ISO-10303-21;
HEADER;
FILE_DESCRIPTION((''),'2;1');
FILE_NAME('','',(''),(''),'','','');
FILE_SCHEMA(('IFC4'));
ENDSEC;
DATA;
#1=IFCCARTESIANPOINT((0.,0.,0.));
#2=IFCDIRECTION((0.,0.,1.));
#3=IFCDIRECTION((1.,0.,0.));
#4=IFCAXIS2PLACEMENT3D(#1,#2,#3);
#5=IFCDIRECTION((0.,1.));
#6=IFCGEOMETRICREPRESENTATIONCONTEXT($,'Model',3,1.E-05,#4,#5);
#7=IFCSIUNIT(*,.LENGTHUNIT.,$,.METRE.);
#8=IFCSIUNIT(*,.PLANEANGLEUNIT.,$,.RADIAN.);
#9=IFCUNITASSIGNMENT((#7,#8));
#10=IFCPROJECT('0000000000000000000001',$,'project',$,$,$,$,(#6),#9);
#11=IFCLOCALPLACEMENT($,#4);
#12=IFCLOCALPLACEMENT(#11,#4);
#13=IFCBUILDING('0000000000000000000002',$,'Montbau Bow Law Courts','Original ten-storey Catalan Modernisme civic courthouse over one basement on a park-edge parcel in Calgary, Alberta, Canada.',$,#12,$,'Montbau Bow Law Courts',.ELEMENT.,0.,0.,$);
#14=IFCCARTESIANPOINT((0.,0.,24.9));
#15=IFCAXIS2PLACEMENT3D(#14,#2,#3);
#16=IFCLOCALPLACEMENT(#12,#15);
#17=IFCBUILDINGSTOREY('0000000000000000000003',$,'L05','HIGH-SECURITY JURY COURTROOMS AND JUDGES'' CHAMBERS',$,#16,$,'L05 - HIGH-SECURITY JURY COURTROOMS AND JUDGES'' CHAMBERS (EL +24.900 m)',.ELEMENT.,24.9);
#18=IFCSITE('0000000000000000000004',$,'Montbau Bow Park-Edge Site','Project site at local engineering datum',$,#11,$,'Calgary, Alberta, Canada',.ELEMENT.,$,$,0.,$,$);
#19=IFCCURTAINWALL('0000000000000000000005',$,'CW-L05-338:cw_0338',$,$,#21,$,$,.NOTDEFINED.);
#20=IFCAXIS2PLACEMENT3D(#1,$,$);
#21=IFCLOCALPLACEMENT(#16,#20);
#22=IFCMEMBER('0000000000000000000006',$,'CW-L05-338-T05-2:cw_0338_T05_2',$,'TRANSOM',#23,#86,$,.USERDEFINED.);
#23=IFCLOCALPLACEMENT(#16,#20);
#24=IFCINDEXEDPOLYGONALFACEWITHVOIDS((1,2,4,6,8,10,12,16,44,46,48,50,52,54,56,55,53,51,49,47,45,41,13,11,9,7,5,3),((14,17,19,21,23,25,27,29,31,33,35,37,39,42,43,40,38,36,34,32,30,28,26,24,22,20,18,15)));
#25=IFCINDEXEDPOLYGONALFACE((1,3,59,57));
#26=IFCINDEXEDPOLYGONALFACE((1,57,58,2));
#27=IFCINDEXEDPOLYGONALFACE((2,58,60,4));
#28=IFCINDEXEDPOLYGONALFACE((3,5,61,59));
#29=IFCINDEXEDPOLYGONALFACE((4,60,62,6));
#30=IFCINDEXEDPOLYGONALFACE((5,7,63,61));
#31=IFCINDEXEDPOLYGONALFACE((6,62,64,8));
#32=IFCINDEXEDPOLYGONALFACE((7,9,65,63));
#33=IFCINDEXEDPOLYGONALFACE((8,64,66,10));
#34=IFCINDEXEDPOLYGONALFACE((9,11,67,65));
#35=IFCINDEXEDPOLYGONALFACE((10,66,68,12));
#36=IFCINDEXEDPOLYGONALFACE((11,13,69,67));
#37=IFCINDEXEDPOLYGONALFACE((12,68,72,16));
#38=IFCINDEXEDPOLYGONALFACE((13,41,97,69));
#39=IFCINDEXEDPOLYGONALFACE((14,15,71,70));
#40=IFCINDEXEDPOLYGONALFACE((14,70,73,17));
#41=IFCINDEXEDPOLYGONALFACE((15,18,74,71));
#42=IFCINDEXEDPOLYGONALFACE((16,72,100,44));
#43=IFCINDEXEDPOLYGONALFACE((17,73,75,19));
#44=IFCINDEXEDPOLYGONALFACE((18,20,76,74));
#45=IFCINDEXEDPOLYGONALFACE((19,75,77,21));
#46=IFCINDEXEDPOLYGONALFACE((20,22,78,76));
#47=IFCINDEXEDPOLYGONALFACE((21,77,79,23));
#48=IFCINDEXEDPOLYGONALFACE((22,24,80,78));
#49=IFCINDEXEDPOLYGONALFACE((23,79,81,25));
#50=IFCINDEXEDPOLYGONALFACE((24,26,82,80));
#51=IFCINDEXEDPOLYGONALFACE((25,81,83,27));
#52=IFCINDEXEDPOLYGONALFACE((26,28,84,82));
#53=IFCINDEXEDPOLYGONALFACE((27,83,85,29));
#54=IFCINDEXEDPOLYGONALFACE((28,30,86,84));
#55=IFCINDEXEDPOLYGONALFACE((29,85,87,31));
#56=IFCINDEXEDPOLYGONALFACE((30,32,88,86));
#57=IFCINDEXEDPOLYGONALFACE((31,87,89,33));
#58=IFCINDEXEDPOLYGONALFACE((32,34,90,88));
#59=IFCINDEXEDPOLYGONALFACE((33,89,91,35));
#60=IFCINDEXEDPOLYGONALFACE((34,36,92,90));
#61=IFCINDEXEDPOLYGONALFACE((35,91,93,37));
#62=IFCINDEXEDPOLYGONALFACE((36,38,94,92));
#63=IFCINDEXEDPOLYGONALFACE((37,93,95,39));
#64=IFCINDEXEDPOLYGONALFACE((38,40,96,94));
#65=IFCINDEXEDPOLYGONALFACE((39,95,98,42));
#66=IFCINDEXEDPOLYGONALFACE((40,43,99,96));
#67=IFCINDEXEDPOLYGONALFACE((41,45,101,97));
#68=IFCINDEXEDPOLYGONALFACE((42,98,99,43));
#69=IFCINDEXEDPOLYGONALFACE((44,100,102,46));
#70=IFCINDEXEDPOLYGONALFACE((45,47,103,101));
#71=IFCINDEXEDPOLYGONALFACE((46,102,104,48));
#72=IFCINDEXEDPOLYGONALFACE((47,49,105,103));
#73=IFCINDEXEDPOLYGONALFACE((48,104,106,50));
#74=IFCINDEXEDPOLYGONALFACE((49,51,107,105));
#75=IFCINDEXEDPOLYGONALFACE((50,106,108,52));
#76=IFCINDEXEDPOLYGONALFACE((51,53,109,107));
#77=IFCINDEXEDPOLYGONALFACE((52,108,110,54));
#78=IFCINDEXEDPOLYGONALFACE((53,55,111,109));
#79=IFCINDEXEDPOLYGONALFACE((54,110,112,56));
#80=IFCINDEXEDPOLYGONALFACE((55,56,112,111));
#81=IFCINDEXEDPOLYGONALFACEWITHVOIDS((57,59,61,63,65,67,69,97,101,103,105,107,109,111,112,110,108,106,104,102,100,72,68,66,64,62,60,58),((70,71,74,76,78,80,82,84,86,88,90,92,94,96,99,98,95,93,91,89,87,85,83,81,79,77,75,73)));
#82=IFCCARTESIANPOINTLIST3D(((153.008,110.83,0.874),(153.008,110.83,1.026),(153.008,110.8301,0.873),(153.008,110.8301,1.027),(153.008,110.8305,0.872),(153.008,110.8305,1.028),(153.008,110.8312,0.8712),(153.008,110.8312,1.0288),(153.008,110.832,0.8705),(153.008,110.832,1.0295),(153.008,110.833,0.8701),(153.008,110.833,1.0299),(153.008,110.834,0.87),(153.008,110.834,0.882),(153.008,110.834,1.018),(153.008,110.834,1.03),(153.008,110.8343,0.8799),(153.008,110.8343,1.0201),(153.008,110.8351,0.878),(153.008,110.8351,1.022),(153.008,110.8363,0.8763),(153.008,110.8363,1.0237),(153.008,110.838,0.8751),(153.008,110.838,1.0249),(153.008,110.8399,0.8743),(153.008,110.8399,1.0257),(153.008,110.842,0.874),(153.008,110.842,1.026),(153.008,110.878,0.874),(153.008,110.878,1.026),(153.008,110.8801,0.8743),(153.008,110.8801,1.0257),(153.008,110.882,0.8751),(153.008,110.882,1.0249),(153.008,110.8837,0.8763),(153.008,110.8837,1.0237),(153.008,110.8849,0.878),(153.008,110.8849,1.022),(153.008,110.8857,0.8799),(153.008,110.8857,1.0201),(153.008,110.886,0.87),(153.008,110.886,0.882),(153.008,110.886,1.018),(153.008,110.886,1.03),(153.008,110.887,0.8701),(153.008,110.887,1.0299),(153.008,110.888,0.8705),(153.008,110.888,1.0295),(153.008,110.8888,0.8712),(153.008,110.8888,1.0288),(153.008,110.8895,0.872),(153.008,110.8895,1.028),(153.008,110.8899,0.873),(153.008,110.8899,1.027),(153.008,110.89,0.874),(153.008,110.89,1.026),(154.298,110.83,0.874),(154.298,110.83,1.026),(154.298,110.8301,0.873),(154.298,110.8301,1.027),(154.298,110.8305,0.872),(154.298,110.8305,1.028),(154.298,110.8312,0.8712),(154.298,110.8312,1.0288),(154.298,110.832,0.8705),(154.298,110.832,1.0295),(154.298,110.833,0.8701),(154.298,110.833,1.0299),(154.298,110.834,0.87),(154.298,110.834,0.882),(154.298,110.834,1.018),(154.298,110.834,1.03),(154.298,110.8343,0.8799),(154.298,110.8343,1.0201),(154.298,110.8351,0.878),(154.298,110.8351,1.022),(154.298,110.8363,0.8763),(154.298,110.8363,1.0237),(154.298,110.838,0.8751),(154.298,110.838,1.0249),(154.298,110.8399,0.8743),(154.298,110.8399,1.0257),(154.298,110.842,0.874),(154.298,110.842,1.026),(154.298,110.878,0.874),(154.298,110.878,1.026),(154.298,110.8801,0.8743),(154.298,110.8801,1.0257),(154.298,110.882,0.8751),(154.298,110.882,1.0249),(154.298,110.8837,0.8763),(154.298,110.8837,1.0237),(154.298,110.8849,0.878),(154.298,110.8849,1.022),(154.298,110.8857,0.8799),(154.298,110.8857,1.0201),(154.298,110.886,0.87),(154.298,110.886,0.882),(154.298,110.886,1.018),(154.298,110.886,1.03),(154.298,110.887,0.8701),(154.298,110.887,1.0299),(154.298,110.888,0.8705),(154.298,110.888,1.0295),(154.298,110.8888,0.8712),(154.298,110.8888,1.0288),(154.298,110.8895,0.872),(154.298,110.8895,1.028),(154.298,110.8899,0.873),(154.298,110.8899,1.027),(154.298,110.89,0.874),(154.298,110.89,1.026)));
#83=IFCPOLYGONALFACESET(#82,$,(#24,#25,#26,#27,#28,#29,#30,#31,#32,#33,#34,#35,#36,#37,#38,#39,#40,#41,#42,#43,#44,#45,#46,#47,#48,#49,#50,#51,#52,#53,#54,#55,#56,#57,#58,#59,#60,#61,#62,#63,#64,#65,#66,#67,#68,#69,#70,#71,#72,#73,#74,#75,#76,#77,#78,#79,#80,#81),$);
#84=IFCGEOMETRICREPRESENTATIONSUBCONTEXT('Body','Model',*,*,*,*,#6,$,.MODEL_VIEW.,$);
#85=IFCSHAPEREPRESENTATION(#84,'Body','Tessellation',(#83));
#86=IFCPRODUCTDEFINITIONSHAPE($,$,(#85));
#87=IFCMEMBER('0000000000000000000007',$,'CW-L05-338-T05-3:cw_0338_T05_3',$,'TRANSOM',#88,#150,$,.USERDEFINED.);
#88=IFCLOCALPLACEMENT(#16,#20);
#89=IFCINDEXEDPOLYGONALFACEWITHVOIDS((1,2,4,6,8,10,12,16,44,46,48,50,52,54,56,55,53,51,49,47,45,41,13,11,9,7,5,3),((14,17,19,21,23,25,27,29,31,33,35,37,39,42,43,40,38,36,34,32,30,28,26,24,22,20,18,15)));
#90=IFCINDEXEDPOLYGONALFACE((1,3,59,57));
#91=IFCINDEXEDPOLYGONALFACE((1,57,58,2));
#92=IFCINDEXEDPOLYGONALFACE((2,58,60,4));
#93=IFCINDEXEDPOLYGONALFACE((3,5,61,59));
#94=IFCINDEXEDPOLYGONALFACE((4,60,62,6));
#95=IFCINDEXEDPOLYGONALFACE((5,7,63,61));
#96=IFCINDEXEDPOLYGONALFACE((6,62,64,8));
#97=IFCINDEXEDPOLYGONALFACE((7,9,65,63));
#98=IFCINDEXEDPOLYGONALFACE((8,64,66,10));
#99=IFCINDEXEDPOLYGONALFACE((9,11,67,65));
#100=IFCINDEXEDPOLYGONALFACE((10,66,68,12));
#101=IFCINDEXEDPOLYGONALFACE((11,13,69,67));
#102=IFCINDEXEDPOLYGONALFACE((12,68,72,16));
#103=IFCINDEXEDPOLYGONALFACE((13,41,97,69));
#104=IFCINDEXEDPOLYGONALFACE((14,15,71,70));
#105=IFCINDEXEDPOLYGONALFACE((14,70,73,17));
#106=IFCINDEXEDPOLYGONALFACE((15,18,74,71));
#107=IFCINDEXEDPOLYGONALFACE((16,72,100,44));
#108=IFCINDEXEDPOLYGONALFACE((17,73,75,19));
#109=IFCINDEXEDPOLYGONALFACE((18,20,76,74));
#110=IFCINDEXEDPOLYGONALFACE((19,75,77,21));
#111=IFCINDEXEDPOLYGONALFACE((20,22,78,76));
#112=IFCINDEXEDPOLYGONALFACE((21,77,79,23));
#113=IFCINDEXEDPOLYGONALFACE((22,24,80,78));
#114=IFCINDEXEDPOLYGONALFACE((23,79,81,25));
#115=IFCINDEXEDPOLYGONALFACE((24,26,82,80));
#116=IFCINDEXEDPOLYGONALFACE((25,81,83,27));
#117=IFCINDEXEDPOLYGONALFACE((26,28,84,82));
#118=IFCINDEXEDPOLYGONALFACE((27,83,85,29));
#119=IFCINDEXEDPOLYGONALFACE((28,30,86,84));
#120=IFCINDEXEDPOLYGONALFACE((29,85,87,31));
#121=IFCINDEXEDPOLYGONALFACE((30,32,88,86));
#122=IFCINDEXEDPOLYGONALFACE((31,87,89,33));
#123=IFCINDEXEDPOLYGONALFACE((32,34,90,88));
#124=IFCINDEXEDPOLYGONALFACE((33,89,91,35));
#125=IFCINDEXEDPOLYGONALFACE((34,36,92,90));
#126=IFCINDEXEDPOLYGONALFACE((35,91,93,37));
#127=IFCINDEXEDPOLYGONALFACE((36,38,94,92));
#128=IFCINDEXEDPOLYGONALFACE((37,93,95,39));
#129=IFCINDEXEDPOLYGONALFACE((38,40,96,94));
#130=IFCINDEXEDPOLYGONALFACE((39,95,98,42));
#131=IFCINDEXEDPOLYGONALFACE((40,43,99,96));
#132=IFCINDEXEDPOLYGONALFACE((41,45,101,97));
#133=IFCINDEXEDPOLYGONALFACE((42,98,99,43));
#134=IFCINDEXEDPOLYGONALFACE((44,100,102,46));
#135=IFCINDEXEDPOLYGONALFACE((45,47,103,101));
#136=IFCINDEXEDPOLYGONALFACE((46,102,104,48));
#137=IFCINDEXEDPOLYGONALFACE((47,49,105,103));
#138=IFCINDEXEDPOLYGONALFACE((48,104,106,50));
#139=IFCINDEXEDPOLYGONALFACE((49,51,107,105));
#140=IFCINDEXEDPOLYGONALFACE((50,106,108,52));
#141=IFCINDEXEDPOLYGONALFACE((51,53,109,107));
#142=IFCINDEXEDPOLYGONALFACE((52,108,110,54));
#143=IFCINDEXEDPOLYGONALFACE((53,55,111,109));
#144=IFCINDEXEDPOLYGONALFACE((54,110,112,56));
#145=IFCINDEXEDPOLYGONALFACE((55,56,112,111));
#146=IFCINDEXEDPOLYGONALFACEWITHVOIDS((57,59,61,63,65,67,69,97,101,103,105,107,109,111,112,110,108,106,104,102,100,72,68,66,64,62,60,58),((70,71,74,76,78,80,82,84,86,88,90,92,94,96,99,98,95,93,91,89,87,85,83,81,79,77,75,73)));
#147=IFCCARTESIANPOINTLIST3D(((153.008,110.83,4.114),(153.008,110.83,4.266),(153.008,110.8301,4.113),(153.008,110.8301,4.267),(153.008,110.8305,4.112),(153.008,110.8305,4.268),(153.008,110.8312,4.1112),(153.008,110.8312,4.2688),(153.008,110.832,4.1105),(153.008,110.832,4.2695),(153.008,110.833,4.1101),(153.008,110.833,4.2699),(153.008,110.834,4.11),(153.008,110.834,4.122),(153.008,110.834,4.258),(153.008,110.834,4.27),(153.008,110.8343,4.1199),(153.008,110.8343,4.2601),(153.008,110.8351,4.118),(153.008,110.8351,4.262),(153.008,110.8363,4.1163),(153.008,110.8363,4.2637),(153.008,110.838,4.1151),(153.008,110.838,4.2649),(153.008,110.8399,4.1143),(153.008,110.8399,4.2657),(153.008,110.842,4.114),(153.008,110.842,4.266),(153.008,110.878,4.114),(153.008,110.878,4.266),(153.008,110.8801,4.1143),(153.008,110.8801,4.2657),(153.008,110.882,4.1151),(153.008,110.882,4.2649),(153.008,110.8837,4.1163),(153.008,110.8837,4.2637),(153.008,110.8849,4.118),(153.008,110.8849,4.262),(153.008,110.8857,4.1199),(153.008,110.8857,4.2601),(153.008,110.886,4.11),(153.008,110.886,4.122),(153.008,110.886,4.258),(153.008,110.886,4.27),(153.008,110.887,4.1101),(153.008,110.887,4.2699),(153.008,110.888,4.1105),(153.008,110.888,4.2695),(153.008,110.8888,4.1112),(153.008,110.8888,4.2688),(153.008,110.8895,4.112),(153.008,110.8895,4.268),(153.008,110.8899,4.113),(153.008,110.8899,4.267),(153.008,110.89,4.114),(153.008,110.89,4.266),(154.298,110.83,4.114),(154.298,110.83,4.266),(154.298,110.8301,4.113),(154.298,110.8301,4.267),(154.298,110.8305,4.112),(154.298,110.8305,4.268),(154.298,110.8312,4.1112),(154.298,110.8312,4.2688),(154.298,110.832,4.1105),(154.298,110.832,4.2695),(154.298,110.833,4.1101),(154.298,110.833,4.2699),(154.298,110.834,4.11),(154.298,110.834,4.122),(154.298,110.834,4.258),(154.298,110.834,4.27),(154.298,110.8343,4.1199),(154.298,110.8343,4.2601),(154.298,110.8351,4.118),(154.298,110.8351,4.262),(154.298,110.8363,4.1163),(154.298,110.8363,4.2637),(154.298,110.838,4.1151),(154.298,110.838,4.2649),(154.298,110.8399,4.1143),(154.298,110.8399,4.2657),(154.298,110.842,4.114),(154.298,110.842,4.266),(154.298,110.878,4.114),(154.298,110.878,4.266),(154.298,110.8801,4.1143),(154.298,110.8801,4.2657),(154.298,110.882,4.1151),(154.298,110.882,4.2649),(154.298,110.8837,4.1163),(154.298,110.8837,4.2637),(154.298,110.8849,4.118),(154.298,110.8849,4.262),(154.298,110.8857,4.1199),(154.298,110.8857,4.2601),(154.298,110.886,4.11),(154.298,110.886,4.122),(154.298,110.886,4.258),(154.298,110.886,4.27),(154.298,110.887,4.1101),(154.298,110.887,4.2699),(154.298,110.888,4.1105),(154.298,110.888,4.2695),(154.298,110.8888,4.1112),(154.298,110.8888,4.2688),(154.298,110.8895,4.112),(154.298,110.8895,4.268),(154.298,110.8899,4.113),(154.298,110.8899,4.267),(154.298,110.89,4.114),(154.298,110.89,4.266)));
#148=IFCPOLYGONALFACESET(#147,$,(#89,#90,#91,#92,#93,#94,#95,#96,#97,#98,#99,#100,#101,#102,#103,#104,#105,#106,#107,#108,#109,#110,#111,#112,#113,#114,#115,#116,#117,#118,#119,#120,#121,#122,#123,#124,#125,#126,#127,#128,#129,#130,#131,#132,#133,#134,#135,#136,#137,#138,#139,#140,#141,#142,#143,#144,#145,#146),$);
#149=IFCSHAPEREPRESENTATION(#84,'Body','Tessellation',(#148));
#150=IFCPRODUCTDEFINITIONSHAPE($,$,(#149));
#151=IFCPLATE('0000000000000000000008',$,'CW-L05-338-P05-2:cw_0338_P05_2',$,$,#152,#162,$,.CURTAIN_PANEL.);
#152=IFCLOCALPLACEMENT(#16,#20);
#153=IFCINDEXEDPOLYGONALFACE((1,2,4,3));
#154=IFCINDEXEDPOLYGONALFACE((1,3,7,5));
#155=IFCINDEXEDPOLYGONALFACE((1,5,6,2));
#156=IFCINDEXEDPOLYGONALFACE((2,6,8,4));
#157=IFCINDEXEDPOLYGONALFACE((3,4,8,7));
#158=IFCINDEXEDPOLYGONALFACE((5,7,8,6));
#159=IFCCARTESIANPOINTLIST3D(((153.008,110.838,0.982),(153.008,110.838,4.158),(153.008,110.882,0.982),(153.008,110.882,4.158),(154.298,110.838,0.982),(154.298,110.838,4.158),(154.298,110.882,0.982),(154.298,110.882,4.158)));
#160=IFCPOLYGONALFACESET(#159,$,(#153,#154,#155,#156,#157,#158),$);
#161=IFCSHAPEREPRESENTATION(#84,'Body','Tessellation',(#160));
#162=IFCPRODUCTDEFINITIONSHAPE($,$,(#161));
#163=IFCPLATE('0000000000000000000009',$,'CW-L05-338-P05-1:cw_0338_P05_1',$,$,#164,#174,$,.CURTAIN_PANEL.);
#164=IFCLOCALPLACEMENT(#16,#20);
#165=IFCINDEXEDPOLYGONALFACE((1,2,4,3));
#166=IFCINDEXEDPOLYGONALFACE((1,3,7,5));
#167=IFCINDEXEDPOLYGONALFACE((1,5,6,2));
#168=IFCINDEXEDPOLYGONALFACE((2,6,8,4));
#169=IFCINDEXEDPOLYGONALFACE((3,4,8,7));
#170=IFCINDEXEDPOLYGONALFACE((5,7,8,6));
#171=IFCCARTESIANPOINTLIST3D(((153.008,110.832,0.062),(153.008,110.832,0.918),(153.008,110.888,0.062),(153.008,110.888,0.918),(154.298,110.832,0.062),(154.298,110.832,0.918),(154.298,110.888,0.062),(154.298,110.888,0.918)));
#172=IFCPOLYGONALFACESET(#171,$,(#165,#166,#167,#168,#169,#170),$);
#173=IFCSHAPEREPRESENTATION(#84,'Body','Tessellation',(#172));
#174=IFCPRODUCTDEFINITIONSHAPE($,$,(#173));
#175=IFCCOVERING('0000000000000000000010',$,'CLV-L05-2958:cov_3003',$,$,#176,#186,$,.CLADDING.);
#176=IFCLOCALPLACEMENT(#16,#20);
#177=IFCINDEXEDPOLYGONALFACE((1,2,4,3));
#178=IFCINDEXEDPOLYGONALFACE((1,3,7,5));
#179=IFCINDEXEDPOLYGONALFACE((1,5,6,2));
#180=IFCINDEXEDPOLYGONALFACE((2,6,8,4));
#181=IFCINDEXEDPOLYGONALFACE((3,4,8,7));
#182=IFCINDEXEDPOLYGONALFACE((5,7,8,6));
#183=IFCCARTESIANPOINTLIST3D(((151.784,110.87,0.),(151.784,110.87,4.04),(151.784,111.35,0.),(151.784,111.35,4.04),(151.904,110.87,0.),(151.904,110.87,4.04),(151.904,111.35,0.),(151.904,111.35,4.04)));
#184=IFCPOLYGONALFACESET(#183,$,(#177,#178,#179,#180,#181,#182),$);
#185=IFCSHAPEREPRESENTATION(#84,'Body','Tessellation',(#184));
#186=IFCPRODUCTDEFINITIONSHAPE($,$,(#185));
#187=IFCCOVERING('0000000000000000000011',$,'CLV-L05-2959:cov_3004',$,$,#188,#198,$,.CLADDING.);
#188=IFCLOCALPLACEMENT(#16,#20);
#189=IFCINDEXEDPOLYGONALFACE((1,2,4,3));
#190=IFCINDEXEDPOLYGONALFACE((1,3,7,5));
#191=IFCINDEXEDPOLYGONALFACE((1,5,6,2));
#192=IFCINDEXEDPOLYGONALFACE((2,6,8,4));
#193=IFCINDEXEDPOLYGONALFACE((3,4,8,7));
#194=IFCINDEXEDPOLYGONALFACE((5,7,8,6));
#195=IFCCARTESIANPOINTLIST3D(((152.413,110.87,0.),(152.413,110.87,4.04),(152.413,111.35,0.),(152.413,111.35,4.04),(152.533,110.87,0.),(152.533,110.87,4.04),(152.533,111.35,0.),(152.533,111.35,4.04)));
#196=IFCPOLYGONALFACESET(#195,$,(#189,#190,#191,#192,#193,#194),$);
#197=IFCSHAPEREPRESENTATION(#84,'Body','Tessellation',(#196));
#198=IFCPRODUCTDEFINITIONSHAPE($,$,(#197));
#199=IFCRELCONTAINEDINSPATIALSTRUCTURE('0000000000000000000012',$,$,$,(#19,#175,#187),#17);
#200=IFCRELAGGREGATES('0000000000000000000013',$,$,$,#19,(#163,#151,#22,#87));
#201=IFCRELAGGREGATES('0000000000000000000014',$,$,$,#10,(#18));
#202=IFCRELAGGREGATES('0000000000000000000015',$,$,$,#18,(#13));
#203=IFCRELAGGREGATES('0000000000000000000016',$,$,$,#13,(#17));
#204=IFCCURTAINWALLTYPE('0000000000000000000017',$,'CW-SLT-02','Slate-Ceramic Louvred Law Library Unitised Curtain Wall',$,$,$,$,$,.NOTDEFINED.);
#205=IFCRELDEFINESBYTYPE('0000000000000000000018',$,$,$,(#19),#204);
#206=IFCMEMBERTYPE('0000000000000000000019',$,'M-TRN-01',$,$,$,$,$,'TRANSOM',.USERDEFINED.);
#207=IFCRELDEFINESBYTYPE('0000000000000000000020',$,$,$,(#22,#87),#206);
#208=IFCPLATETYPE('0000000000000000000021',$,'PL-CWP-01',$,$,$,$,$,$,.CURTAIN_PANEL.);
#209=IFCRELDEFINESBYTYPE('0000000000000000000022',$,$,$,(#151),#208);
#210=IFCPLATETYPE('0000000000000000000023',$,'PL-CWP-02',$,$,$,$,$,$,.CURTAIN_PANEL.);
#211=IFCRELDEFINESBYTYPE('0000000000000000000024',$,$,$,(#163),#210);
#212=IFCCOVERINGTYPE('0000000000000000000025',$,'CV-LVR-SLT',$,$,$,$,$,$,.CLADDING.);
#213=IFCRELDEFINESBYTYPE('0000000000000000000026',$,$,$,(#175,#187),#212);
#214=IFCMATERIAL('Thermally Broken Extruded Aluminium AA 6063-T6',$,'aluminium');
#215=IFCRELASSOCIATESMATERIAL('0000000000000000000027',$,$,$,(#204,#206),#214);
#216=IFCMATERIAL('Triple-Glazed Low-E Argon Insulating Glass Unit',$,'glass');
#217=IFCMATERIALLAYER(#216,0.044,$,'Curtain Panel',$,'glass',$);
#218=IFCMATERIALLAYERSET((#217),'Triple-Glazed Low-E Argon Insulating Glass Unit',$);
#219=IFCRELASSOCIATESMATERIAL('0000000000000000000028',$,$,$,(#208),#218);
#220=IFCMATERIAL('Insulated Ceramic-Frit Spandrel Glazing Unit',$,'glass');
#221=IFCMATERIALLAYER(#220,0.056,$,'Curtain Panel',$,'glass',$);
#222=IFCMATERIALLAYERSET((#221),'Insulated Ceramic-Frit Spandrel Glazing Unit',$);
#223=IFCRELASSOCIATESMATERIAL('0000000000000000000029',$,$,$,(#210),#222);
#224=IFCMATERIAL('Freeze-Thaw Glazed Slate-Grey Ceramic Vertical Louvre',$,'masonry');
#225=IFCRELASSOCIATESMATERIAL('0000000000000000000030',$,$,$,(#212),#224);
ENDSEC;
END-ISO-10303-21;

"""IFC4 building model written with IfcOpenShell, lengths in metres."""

from ifc_helpers import new_model, si_unit, direction, frame, frame_2d, origin_with_axes, origin_2d_with_axis, place, context, subcontext, project, spatial, rectangle, hollow_rectangle, extrude, material, layer, layer_set, material_profile, profile_set, type_object, element, aggregate, save


model = new_model("IFC4")

# Units and contexts
model_context = context("Model", 3, precision=1e-05, world=origin_with_axes(), true_north=direction((0.0, 1.0)))
body_context = subcontext(model_context, "Body", "Model", "MODEL_VIEW")
ifc_project = project(units=[si_unit("LENGTHUNIT", "METRE"), si_unit("PLANEANGLEUNIT", "RADIAN")], contexts=[model_context])

# Site, building, storey
site_placement = place(None, origin_with_axes())
site = spatial("IfcSite", under=ifc_project, at=site_placement, Name="Montbau Bow Park-Edge Site", Description="Project site at local engineering datum", LongName="Calgary, Alberta, Canada", CompositionType="ELEMENT", RefElevation=0.0)
building_placement = place(site_placement, origin_with_axes())
building = spatial("IfcBuilding", under=site, at=building_placement, Name="Montbau Bow Law Courts", Description="Original ten-storey Catalan Modernisme civic courthouse over one basement on a park-edge parcel in Calgary, Alberta, Canada.", LongName="Montbau Bow Law Courts", CompositionType="ELEMENT", ElevationOfRefHeight=0.0, ElevationOfTerrain=0.0)
storey_placement = place(building_placement, frame((0.0, 0.0, 24.9), z_axis=(0.0, 0.0, 1.0), x_axis=(1.0, 0.0, 0.0)))
storey = spatial("IfcBuildingStorey", under=building, at=storey_placement, Name="L05", Description="HIGH-SECURITY JURY COURTROOMS AND JUDGES' CHAMBERS", LongName="L05 - HIGH-SECURITY JURY COURTROOMS AND JUDGES' CHAMBERS (EL +24.900 m)", CompositionType="ELEMENT", Elevation=24.9)

# Curtain wall, members, plates
ifc_material_1 = material(Name="Thermally Broken Extruded Aluminium AA 6063-T6", Category="aluminium")
curtain_wall_type = type_object("IfcCurtainWallType", Name="CW-SLT-02", Description="Slate-Ceramic Louvred Law Library Unitised Curtain Wall", PredefinedType="NOTDEFINED", material=ifc_material_1)
curtain_wall_placement = place(None, frame((147.44, 110.86, 24.9), z_axis=(0.0, 0.0, 1.0), x_axis=(1.0, 0.0, 0.0)))
curtain_wall = element("IfcCurtainWall", 1, at=curtain_wall_placement, inside=storey, type_object=curtain_wall_type, Name="CW-L05-338:cw_0338", PredefinedType="NOTDEFINED")
ifc_material_profile_1 = material_profile(ifc_material_1, hollow_rectangle(XDim=0.06, YDim=0.16, WallThickness=0.004, InnerFilletRadius=0.008, OuterFilletRadius=0.004, at=origin_2d_with_axis()), Name="CWT-160X60", Category="Main", Priority=0)
ifc_profile_set_1 = profile_set([ifc_material_profile_1], Name="Thermally Broken Extruded Aluminium AA 6063-T6")
member_type_1 = type_object("IfcMemberType", Name="M-TRN-01", ElementType="TRANSOM", PredefinedType="USERDEFINED", material=ifc_profile_set_1)
member_1_placement = place(None, frame((153.008, 110.86, 25.85), z_axis=(1.0, 0.0, 0.0), x_axis=(0.0, 1.0, 0.0)))
member_1 = element("IfcMember", 2, at=member_1_placement, type_object=member_type_1, Name="CW-L05-338-T05-2:cw_0338_T05_2", ObjectType="TRANSOM", PredefinedType="USERDEFINED", context=body_context, shape_type="SweptSolid", body=[
    extrude(hollow_rectangle(XDim=0.06, YDim=0.16, WallThickness=0.004, InnerFilletRadius=0.008, OuterFilletRadius=0.004, at=origin_2d_with_axis()), origin_with_axes(), (0.0, 0.0, 1.0), 1.29),
])
member_2_placement = place(None, frame((153.008, 110.86, 29.09), z_axis=(1.0, 0.0, 0.0), x_axis=(0.0, 1.0, 0.0)))
member_2 = element("IfcMember", 3, at=member_2_placement, type_object=member_type_1, Name="CW-L05-338-T05-3:cw_0338_T05_3", ObjectType="TRANSOM", PredefinedType="USERDEFINED", context=body_context, shape_type="SweptSolid", body=[
    extrude(hollow_rectangle(XDim=0.06, YDim=0.16, WallThickness=0.004, InnerFilletRadius=0.008, OuterFilletRadius=0.004, at=origin_2d_with_axis()), origin_with_axes(), (0.0, 0.0, 1.0), 1.29),
])
ifc_material_2 = material(Name="Triple-Glazed Low-E Argon Insulating Glass Unit", Category="glass")
ifc_layer_1 = layer(ifc_material_2, 0.044, Name="Curtain Panel", Category="glass")
ifc_layer_set_1 = layer_set([ifc_layer_1], Name="Triple-Glazed Low-E Argon Insulating Glass Unit")
plate_type_1 = type_object("IfcPlateType", Name="PL-CWP-01", PredefinedType="CURTAIN_PANEL", material=ifc_layer_set_1)
plate_1_placement = place(None, frame((153.008, 110.86, 25.882), z_axis=(0.0, -1.0, 0.0), x_axis=(1.0, 0.0, 0.0)))
plate_1 = element("IfcPlate", 4, at=plate_1_placement, type_object=plate_type_1, Name="CW-L05-338-P05-2:cw_0338_P05_2", PredefinedType="CURTAIN_PANEL", context=body_context, shape_type="SweptSolid", body=[
    extrude(rectangle(XDim=1.29, YDim=3.176, at=frame_2d((0.645, 1.588), x_axis=(1.0, 0.0))), frame((0.0, 0.0, -0.022), z_axis=(0.0, 0.0, 1.0), x_axis=(1.0, 0.0, 0.0)), (0.0, 0.0, 1.0), 0.044),
])
ifc_material_3 = material(Name="Insulated Ceramic-Frit Spandrel Glazing Unit", Category="glass")
ifc_layer_2 = layer(ifc_material_3, 0.056, Name="Curtain Panel", Category="glass")
ifc_layer_set_2 = layer_set([ifc_layer_2], Name="Insulated Ceramic-Frit Spandrel Glazing Unit")
plate_type_2 = type_object("IfcPlateType", Name="PL-CWP-02", PredefinedType="CURTAIN_PANEL", material=ifc_layer_set_2)
plate_2_placement = place(None, frame((153.008, 110.86, 24.962), z_axis=(0.0, -1.0, 0.0), x_axis=(1.0, 0.0, 0.0)))
plate_2 = element("IfcPlate", 5, at=plate_2_placement, type_object=plate_type_2, Name="CW-L05-338-P05-1:cw_0338_P05_1", PredefinedType="CURTAIN_PANEL", context=body_context, shape_type="SweptSolid", body=[
    extrude(rectangle(XDim=1.29, YDim=0.856, at=frame_2d((0.645, 0.428), x_axis=(1.0, 0.0))), frame((0.0, 0.0, -0.028), z_axis=(0.0, 0.0, 1.0), x_axis=(1.0, 0.0, 0.0)), (0.0, 0.0, 1.0), 0.056),
])
aggregate(curtain_wall, [plate_2, plate_1, member_1, member_2])

# Coverings
ifc_material_4 = material(Name="Freeze-Thaw Glazed Slate-Grey Ceramic Vertical Louvre", Category="masonry")
covering_type = type_object("IfcCoveringType", Name="CV-LVR-SLT", PredefinedType="CLADDING", material=ifc_material_4)
for number, where, z_axis, x_axis, name in (
    (6, (151.844, 110.87, 24.9), (1.0, 0.0, 0.0), (0.0, 1.0, 0.0), "CLV-L05-2958:cov_3003"),
    (7, (152.473, 110.87, 24.9), (1.0, 0.0, 0.0), (0.0, 1.0, 0.0), "CLV-L05-2959:cov_3004"),
):
    element("IfcCovering", number, at=place(None, frame(where, z_axis=z_axis, x_axis=x_axis)), inside=storey, type_object=covering_type, Name=name, PredefinedType="CLADDING", context=body_context, shape_type="SweptSolid", body=[
        extrude(rectangle(XDim=0.48, YDim=4.04, at=frame_2d((0.24, 2.02), x_axis=(1.0, 0.0))), frame((0.0, 0.0, -0.06), z_axis=(0.0, 0.0, 1.0), x_axis=(1.0, 0.0, 0.0)), (0.0, 0.0, 1.0), 0.12),
    ])

save(model, "model.ifc")
